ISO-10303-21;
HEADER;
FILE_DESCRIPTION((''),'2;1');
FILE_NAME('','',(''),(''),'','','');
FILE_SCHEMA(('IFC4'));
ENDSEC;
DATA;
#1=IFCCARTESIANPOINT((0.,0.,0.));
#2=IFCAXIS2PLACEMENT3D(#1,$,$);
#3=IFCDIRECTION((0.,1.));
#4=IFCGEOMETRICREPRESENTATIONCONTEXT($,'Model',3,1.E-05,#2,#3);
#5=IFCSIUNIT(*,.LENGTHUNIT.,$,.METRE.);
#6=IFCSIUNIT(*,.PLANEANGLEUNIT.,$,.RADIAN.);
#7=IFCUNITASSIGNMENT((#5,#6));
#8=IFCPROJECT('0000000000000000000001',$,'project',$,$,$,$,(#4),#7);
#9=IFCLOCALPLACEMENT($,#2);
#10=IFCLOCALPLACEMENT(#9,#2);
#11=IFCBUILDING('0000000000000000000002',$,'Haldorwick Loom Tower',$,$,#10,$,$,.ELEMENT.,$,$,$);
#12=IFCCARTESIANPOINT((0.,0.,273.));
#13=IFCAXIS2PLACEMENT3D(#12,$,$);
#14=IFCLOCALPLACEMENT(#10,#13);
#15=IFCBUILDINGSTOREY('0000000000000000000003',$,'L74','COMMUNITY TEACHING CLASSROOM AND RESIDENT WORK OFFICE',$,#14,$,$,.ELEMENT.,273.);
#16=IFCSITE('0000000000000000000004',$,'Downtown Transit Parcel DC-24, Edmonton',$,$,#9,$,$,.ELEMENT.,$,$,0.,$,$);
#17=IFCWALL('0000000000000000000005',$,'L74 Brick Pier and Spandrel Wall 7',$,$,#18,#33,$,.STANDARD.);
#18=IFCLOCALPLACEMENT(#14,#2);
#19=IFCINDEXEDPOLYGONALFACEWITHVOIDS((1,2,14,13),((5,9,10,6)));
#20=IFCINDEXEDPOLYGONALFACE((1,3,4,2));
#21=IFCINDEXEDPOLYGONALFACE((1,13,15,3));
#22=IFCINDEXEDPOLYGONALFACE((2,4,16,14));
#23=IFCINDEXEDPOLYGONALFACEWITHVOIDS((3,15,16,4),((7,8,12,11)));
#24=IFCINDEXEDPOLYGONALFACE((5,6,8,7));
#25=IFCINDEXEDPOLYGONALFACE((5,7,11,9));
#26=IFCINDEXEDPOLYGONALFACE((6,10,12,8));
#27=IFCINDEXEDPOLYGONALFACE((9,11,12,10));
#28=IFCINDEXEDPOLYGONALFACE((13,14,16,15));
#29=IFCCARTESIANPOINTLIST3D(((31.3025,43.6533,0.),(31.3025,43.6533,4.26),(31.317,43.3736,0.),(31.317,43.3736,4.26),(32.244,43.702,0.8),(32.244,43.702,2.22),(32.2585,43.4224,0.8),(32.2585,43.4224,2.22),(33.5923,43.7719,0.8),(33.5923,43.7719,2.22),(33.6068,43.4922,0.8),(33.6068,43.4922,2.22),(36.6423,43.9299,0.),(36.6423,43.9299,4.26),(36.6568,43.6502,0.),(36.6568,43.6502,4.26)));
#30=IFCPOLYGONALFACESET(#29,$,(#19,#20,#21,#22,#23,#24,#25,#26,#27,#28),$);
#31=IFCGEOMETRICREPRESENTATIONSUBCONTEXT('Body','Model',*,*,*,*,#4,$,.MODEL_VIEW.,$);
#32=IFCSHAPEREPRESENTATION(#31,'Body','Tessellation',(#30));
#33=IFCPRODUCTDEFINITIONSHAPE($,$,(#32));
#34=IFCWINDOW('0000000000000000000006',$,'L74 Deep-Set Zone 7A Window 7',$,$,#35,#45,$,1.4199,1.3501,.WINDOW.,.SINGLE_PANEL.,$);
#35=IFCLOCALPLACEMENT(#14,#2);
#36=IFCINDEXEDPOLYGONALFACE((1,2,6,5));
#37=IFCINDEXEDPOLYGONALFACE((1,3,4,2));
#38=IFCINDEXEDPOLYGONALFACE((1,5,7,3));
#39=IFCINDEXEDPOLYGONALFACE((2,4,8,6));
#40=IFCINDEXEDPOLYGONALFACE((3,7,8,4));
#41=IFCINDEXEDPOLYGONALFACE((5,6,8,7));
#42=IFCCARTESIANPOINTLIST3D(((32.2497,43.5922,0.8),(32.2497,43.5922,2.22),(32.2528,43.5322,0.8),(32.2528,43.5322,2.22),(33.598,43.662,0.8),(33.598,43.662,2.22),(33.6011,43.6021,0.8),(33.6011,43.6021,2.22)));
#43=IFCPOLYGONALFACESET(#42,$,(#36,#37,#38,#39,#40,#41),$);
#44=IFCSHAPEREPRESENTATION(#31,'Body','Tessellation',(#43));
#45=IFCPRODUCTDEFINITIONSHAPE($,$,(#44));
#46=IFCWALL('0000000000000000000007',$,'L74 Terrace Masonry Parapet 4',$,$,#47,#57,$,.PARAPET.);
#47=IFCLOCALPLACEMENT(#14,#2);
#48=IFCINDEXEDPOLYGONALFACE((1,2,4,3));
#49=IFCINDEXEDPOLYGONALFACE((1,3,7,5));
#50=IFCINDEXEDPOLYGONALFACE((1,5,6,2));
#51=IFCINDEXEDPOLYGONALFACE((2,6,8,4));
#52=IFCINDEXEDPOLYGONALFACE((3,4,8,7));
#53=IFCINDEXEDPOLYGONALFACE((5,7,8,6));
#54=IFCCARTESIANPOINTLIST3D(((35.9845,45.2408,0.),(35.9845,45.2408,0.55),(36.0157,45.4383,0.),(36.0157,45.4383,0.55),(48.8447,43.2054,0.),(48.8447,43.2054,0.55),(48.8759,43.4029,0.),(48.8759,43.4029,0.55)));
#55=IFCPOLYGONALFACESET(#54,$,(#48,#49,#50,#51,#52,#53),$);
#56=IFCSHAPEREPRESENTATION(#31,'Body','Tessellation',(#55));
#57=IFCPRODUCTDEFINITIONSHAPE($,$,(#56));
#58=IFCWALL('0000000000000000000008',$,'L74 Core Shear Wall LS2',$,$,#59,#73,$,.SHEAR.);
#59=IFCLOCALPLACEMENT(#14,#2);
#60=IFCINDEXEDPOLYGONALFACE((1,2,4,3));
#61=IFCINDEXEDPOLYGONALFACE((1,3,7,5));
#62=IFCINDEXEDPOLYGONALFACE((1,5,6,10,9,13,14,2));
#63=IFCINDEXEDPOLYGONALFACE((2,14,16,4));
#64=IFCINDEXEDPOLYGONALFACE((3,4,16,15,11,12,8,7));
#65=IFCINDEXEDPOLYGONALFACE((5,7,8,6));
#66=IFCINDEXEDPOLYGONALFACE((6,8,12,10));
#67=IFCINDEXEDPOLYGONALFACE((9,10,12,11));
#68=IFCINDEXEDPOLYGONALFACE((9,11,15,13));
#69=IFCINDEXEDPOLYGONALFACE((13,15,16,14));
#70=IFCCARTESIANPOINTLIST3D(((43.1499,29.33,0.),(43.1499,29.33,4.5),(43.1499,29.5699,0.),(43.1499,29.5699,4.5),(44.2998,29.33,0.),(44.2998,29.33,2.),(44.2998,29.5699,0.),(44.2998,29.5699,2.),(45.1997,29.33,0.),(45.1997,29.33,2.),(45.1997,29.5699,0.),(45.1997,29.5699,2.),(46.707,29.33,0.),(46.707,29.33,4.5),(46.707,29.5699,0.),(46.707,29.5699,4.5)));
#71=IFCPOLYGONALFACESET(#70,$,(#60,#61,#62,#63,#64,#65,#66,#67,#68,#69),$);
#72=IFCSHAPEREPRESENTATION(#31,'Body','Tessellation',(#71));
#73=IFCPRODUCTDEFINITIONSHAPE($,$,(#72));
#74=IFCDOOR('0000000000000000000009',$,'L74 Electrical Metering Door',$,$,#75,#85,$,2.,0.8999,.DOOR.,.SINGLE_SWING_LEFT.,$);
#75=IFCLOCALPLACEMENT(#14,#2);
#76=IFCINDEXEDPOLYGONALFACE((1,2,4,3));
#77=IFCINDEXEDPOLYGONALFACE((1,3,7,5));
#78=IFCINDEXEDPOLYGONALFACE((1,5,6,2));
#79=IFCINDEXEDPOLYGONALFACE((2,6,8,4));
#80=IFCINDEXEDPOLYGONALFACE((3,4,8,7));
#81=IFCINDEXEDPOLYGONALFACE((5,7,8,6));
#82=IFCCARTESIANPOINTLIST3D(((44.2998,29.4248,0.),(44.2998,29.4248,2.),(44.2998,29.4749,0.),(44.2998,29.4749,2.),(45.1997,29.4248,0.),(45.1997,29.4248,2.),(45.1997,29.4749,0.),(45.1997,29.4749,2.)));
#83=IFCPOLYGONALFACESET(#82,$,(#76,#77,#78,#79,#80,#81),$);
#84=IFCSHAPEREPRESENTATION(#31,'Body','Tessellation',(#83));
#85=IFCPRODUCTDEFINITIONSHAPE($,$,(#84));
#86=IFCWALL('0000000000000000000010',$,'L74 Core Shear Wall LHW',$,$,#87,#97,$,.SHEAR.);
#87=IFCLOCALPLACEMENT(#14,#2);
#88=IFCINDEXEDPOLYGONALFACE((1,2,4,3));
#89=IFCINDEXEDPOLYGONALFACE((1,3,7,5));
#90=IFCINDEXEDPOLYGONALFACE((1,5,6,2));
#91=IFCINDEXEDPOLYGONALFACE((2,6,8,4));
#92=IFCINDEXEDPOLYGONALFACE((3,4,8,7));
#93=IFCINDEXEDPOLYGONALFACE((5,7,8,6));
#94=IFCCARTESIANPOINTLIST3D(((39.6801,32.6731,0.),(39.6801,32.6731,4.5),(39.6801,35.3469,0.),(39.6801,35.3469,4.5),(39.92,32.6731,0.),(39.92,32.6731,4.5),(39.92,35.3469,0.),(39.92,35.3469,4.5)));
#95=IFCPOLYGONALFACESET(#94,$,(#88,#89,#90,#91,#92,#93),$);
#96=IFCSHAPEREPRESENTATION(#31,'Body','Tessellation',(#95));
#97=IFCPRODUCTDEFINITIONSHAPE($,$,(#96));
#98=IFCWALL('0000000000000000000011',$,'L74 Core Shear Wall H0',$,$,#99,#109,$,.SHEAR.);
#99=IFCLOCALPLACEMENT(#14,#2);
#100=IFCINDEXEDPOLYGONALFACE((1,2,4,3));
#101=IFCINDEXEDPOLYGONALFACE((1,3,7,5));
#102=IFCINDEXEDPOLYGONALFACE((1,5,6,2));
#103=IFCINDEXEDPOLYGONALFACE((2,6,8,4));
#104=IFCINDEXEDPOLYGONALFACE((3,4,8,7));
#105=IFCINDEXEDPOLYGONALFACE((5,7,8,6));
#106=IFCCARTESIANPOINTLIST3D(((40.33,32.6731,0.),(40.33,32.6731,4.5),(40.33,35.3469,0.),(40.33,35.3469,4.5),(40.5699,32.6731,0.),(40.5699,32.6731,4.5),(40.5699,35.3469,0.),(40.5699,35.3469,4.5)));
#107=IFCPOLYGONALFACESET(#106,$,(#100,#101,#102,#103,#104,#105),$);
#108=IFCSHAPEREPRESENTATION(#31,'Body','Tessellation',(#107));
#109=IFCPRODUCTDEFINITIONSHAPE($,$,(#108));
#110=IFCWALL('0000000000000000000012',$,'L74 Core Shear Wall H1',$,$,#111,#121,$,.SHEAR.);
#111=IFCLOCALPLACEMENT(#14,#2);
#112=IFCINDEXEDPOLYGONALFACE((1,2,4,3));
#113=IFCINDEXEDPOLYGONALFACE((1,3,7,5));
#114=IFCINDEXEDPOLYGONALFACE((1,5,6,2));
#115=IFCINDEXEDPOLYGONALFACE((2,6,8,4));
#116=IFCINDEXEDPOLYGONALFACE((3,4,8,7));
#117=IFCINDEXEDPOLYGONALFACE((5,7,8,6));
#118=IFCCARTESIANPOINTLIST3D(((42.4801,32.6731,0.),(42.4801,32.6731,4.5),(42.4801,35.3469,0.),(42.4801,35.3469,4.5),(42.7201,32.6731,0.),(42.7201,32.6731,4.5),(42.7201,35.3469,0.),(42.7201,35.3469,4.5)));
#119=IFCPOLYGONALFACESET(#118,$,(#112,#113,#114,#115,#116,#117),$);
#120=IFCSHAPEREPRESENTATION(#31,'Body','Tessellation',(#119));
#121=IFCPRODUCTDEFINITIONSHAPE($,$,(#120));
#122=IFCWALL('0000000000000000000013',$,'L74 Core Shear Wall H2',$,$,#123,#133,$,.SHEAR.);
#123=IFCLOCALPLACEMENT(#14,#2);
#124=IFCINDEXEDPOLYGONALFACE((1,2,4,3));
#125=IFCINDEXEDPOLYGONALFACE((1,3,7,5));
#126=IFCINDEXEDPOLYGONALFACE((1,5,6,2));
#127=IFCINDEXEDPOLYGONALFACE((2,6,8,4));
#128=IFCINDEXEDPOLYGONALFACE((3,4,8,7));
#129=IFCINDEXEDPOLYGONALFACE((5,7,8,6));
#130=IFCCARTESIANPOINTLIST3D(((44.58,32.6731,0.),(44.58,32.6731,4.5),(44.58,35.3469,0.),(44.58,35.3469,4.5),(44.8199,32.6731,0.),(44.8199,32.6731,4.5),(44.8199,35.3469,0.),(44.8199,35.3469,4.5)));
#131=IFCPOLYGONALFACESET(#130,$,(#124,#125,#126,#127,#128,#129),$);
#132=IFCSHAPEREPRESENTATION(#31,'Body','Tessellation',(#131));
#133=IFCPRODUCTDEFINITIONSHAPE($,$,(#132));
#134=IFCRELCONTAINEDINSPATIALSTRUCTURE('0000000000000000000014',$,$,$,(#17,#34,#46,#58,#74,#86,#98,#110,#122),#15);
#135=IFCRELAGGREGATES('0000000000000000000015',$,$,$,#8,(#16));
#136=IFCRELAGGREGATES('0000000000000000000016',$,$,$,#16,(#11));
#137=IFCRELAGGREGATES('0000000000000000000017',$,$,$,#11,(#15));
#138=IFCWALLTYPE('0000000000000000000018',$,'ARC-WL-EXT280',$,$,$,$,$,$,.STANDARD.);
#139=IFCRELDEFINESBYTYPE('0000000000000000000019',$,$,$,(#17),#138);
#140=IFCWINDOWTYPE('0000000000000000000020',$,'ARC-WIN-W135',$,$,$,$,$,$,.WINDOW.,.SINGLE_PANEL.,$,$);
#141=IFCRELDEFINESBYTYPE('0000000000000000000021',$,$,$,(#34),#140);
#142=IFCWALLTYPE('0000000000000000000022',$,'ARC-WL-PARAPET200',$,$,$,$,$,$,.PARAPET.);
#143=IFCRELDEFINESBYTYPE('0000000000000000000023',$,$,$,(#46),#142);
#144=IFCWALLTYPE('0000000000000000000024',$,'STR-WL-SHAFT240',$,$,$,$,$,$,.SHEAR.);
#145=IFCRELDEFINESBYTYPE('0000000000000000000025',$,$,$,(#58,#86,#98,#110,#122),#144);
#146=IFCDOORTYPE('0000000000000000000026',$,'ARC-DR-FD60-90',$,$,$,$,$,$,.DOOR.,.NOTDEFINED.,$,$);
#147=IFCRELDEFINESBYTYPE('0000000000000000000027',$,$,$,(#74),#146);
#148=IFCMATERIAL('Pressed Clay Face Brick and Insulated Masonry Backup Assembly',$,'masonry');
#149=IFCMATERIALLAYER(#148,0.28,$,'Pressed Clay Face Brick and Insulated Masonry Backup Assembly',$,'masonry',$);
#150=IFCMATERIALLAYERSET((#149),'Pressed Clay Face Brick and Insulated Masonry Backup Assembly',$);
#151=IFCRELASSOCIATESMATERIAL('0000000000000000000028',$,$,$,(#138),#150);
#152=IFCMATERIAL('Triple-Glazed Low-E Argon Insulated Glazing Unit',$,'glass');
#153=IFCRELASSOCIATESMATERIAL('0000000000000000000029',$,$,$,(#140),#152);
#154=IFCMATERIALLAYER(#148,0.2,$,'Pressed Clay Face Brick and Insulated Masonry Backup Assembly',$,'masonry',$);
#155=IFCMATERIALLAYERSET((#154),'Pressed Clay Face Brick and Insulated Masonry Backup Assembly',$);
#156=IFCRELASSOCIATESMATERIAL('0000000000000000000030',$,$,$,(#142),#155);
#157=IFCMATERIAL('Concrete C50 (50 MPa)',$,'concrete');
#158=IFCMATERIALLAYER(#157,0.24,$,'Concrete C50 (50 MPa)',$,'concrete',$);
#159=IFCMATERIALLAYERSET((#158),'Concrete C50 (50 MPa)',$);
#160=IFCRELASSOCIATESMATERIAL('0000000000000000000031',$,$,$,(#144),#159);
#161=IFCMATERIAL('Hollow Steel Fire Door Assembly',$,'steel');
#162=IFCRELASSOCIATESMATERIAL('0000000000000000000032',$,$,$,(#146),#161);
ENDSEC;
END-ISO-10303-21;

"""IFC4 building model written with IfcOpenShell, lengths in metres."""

from ifc_helpers import new_model, si_unit, direction, frame, frame_2d, origin, place, context, subcontext, project, spatial, rectangle, extrude, material, layer, layer_set, type_object, element, fill, save


model = new_model("IFC4")

# Units and contexts
model_context = context("Model", 3, precision=1e-05, world=origin(), true_north=direction((0.0, 1.0)))
body_context = subcontext(model_context, "Body", "Model", "MODEL_VIEW")
ifc_project = project(units=[si_unit("LENGTHUNIT", "METRE"), si_unit("PLANEANGLEUNIT", "RADIAN")], contexts=[model_context])

# Site, building, storey
site_placement = place(None, origin())
site = spatial("IfcSite", under=ifc_project, at=site_placement, Name="Downtown Transit Parcel DC-24, Edmonton", CompositionType="ELEMENT", RefElevation=0.0)
building_placement = place(site_placement, origin())
building = spatial("IfcBuilding", under=site, at=building_placement, Name="Haldorwick Loom Tower", CompositionType="ELEMENT")
storey_placement = place(building_placement, frame((0.0, 0.0, 273.0)))
storey = spatial("IfcBuildingStorey", under=building, at=storey_placement, Name="L74", Description="COMMUNITY TEACHING CLASSROOM AND RESIDENT WORK OFFICE", CompositionType="ELEMENT", Elevation=273.0)

# Shared definitions
ifc_material_1 = material(Name="Concrete C50 (50 MPa)", Category="concrete")

# Wall, opening, window
ifc_material_2 = material(Name="Pressed Clay Face Brick and Insulated Masonry Backup Assembly", Category="masonry")
ifc_layer_1 = layer(ifc_material_2, 0.28, Name="Pressed Clay Face Brick and Insulated Masonry Backup Assembly", Category="masonry")
ifc_layer_set_1 = layer_set([ifc_layer_1], Name="Pressed Clay Face Brick and Insulated Masonry Backup Assembly")
wall_type_1 = type_object("IfcWallType", Name="ARC-WL-EXT280", PredefinedType="STANDARD", material=ifc_layer_set_1)
ifc_material_3 = material(Name="Triple-Glazed Low-E Argon Insulated Glazing Unit", Category="glass")
window_type = type_object("IfcWindowType", Name="ARC-WIN-W135", PartitioningType="SINGLE_PANEL", PredefinedType="WINDOW", material=ifc_material_3)
wall_1_placement = place(storey_placement, frame((36.6494, 43.79, 0.0), z_axis=(0.0, 0.0, 1.0), x_axis=(-0.998661, -0.051732, 0.0)))
wall_1 = element("IfcWall", 1, at=wall_1_placement, inside=storey, type_object=wall_type_1, Name="L74 Brick Pier and Spandrel Wall 7", PredefinedType="STANDARD", context=body_context, shape_type="SweptSolid", body=[
    extrude(rectangle(XDim=5.3469, YDim=0.28, at=frame_2d((2.6733, 0.0))), origin(), (0.0, 0.0, 1.0), 4.26),
])
opening_1_placement = place(wall_1_placement, frame((3.054, 0.0, 0.8)))
opening_1 = element("IfcOpeningElement", 2, at=opening_1_placement, cuts=wall_1, PredefinedType="OPENING", context=body_context, shape_type="SweptSolid", body=[
    extrude(rectangle(XDim=1.3501, YDim=1.4199, at=frame_2d((0.675, 0.71))), frame((0.0, 0.1499, 0.0), z_axis=(0.0, -1.0, 0.0), x_axis=(1.0, 0.0, 0.0)), (0.0, 0.0, 1.0), 0.3),
])
window_1_placement = place(opening_1_placement, origin())
window_1 = element("IfcWindow", 3, at=window_1_placement, inside=storey, type_object=window_type, Name="L74 Deep-Set Zone 7A Window 7", OverallHeight=1.4199, OverallWidth=1.3501, PartitioningType="SINGLE_PANEL", PredefinedType="WINDOW", context=body_context, shape_type="SweptSolid", body=[
    extrude(rectangle(XDim=1.3501, YDim=1.4199, at=frame_2d((0.675, 0.71))), frame((0.0, 0.03, 0.0), z_axis=(0.0, -1.0, 0.0), x_axis=(1.0, 0.0, 0.0)), (0.0, 0.0, 1.0), 0.0601),
])
fill(opening_1, window_1)

# Wall
ifc_layer_2 = layer(ifc_material_2, 0.2, Name="Pressed Clay Face Brick and Insulated Masonry Backup Assembly", Category="masonry")
ifc_layer_set_2 = layer_set([ifc_layer_2], Name="Pressed Clay Face Brick and Insulated Masonry Backup Assembly")
wall_type_2 = type_object("IfcWallType", Name="ARC-WL-PARAPET200", PredefinedType="PARAPET", material=ifc_layer_set_2)
wall_2_placement = place(storey_placement, frame((36.0, 45.3396, 0.0), z_axis=(0.0, 0.0, 1.0), x_axis=(0.987705, -0.156327, 0.0)))
element("IfcWall", 4, at=wall_2_placement, inside=storey, type_object=wall_type_2, Name="L74 Terrace Masonry Parapet 4", PredefinedType="PARAPET", context=body_context, shape_type="SweptSolid", body=[
    extrude(rectangle(XDim=13.0203, YDim=0.2, at=frame_2d((6.5103, 0.0))), origin(), (0.0, 0.0, 1.0), 0.55),
])

# Wall, opening, door
ifc_layer_3 = layer(ifc_material_1, 0.24, Name="Concrete C50 (50 MPa)", Category="concrete")
ifc_layer_set_3 = layer_set([ifc_layer_3], Name="Concrete C50 (50 MPa)")
wall_type_3 = type_object("IfcWallType", Name="STR-WL-SHAFT240", PredefinedType="SHEAR", material=ifc_layer_set_3)
wall_3_placement = place(storey_placement, frame((43.1499, 29.45, 0.0), z_axis=(0.0, 0.0, 1.0), x_axis=(1.0, 0.0, 0.0)))
wall_3 = element("IfcWall", 5, at=wall_3_placement, inside=storey, type_object=wall_type_3, Name="L74 Core Shear Wall LS2", PredefinedType="SHEAR", context=body_context, shape_type="SweptSolid", body=[
    extrude(rectangle(XDim=3.5571, YDim=0.24, at=frame_2d((1.7786, 0.0))), origin(), (0.0, 0.0, 1.0), 4.5),
])
opening_2_placement = place(wall_3_placement, frame((1.1499, 0.0, 0.0)))
opening_2 = element("IfcOpeningElement", 6, at=opening_2_placement, cuts=wall_3, PredefinedType="OPENING", context=body_context, shape_type="SweptSolid", body=[
    extrude(rectangle(XDim=0.8999, YDim=2.0, at=frame_2d((0.45, 1.0))), frame((0.0, 0.1299, 0.0), z_axis=(0.0, -1.0, 0.0), x_axis=(1.0, 0.0, 0.0)), (0.0, 0.0, 1.0), 0.26),
])
ifc_material_4 = material(Name="Hollow Steel Fire Door Assembly", Category="steel")
door_type = type_object("IfcDoorType", Name="ARC-DR-FD60-90", OperationType="NOTDEFINED", PredefinedType="DOOR", material=ifc_material_4)
door_placement = place(opening_2_placement, origin())
door = element("IfcDoor", 7, at=door_placement, inside=storey, type_object=door_type, Name="L74 Electrical Metering Door", OperationType="SINGLE_SWING_LEFT", OverallHeight=2.0, OverallWidth=0.8999, PredefinedType="DOOR", context=body_context, shape_type="SweptSolid", body=[
    extrude(rectangle(XDim=0.8999, YDim=2.0, at=frame_2d((0.45, 1.0))), frame((0.0, 0.0249, 0.0), z_axis=(0.0, -1.0, 0.0), x_axis=(1.0, 0.0, 0.0)), (0.0, 0.0, 1.0), 0.05),
])
fill(opening_2, door)

# Walls
for number, where, z_axis, x_axis, name in (
    (8, (39.8, 32.6731, 0.0), (0.0, 0.0, 1.0), (0.0, 1.0, 0.0), "L74 Core Shear Wall LHW"),
    (9, (40.45, 32.6731, 0.0), (0.0, 0.0, 1.0), (0.0, 1.0, 0.0), "L74 Core Shear Wall H0"),
    (10, (42.6001, 32.6731, 0.0), (0.0, 0.0, 1.0), (0.0, 1.0, 0.0), "L74 Core Shear Wall H1"),
    (11, (44.7, 32.6731, 0.0), (0.0, 0.0, 1.0), (0.0, 1.0, 0.0), "L74 Core Shear Wall H2"),
):
    element("IfcWall", number, at=place(storey_placement, frame(where, z_axis=z_axis, x_axis=x_axis)), inside=storey, type_object=wall_type_3, Name=name, PredefinedType="SHEAR", context=body_context, shape_type="SweptSolid", body=[
        extrude(rectangle(XDim=2.6738, YDim=0.24, at=frame_2d((1.3369, 0.0))), origin(), (0.0, 0.0, 1.0), 4.5),
    ])

save(model, "model.ifc")
